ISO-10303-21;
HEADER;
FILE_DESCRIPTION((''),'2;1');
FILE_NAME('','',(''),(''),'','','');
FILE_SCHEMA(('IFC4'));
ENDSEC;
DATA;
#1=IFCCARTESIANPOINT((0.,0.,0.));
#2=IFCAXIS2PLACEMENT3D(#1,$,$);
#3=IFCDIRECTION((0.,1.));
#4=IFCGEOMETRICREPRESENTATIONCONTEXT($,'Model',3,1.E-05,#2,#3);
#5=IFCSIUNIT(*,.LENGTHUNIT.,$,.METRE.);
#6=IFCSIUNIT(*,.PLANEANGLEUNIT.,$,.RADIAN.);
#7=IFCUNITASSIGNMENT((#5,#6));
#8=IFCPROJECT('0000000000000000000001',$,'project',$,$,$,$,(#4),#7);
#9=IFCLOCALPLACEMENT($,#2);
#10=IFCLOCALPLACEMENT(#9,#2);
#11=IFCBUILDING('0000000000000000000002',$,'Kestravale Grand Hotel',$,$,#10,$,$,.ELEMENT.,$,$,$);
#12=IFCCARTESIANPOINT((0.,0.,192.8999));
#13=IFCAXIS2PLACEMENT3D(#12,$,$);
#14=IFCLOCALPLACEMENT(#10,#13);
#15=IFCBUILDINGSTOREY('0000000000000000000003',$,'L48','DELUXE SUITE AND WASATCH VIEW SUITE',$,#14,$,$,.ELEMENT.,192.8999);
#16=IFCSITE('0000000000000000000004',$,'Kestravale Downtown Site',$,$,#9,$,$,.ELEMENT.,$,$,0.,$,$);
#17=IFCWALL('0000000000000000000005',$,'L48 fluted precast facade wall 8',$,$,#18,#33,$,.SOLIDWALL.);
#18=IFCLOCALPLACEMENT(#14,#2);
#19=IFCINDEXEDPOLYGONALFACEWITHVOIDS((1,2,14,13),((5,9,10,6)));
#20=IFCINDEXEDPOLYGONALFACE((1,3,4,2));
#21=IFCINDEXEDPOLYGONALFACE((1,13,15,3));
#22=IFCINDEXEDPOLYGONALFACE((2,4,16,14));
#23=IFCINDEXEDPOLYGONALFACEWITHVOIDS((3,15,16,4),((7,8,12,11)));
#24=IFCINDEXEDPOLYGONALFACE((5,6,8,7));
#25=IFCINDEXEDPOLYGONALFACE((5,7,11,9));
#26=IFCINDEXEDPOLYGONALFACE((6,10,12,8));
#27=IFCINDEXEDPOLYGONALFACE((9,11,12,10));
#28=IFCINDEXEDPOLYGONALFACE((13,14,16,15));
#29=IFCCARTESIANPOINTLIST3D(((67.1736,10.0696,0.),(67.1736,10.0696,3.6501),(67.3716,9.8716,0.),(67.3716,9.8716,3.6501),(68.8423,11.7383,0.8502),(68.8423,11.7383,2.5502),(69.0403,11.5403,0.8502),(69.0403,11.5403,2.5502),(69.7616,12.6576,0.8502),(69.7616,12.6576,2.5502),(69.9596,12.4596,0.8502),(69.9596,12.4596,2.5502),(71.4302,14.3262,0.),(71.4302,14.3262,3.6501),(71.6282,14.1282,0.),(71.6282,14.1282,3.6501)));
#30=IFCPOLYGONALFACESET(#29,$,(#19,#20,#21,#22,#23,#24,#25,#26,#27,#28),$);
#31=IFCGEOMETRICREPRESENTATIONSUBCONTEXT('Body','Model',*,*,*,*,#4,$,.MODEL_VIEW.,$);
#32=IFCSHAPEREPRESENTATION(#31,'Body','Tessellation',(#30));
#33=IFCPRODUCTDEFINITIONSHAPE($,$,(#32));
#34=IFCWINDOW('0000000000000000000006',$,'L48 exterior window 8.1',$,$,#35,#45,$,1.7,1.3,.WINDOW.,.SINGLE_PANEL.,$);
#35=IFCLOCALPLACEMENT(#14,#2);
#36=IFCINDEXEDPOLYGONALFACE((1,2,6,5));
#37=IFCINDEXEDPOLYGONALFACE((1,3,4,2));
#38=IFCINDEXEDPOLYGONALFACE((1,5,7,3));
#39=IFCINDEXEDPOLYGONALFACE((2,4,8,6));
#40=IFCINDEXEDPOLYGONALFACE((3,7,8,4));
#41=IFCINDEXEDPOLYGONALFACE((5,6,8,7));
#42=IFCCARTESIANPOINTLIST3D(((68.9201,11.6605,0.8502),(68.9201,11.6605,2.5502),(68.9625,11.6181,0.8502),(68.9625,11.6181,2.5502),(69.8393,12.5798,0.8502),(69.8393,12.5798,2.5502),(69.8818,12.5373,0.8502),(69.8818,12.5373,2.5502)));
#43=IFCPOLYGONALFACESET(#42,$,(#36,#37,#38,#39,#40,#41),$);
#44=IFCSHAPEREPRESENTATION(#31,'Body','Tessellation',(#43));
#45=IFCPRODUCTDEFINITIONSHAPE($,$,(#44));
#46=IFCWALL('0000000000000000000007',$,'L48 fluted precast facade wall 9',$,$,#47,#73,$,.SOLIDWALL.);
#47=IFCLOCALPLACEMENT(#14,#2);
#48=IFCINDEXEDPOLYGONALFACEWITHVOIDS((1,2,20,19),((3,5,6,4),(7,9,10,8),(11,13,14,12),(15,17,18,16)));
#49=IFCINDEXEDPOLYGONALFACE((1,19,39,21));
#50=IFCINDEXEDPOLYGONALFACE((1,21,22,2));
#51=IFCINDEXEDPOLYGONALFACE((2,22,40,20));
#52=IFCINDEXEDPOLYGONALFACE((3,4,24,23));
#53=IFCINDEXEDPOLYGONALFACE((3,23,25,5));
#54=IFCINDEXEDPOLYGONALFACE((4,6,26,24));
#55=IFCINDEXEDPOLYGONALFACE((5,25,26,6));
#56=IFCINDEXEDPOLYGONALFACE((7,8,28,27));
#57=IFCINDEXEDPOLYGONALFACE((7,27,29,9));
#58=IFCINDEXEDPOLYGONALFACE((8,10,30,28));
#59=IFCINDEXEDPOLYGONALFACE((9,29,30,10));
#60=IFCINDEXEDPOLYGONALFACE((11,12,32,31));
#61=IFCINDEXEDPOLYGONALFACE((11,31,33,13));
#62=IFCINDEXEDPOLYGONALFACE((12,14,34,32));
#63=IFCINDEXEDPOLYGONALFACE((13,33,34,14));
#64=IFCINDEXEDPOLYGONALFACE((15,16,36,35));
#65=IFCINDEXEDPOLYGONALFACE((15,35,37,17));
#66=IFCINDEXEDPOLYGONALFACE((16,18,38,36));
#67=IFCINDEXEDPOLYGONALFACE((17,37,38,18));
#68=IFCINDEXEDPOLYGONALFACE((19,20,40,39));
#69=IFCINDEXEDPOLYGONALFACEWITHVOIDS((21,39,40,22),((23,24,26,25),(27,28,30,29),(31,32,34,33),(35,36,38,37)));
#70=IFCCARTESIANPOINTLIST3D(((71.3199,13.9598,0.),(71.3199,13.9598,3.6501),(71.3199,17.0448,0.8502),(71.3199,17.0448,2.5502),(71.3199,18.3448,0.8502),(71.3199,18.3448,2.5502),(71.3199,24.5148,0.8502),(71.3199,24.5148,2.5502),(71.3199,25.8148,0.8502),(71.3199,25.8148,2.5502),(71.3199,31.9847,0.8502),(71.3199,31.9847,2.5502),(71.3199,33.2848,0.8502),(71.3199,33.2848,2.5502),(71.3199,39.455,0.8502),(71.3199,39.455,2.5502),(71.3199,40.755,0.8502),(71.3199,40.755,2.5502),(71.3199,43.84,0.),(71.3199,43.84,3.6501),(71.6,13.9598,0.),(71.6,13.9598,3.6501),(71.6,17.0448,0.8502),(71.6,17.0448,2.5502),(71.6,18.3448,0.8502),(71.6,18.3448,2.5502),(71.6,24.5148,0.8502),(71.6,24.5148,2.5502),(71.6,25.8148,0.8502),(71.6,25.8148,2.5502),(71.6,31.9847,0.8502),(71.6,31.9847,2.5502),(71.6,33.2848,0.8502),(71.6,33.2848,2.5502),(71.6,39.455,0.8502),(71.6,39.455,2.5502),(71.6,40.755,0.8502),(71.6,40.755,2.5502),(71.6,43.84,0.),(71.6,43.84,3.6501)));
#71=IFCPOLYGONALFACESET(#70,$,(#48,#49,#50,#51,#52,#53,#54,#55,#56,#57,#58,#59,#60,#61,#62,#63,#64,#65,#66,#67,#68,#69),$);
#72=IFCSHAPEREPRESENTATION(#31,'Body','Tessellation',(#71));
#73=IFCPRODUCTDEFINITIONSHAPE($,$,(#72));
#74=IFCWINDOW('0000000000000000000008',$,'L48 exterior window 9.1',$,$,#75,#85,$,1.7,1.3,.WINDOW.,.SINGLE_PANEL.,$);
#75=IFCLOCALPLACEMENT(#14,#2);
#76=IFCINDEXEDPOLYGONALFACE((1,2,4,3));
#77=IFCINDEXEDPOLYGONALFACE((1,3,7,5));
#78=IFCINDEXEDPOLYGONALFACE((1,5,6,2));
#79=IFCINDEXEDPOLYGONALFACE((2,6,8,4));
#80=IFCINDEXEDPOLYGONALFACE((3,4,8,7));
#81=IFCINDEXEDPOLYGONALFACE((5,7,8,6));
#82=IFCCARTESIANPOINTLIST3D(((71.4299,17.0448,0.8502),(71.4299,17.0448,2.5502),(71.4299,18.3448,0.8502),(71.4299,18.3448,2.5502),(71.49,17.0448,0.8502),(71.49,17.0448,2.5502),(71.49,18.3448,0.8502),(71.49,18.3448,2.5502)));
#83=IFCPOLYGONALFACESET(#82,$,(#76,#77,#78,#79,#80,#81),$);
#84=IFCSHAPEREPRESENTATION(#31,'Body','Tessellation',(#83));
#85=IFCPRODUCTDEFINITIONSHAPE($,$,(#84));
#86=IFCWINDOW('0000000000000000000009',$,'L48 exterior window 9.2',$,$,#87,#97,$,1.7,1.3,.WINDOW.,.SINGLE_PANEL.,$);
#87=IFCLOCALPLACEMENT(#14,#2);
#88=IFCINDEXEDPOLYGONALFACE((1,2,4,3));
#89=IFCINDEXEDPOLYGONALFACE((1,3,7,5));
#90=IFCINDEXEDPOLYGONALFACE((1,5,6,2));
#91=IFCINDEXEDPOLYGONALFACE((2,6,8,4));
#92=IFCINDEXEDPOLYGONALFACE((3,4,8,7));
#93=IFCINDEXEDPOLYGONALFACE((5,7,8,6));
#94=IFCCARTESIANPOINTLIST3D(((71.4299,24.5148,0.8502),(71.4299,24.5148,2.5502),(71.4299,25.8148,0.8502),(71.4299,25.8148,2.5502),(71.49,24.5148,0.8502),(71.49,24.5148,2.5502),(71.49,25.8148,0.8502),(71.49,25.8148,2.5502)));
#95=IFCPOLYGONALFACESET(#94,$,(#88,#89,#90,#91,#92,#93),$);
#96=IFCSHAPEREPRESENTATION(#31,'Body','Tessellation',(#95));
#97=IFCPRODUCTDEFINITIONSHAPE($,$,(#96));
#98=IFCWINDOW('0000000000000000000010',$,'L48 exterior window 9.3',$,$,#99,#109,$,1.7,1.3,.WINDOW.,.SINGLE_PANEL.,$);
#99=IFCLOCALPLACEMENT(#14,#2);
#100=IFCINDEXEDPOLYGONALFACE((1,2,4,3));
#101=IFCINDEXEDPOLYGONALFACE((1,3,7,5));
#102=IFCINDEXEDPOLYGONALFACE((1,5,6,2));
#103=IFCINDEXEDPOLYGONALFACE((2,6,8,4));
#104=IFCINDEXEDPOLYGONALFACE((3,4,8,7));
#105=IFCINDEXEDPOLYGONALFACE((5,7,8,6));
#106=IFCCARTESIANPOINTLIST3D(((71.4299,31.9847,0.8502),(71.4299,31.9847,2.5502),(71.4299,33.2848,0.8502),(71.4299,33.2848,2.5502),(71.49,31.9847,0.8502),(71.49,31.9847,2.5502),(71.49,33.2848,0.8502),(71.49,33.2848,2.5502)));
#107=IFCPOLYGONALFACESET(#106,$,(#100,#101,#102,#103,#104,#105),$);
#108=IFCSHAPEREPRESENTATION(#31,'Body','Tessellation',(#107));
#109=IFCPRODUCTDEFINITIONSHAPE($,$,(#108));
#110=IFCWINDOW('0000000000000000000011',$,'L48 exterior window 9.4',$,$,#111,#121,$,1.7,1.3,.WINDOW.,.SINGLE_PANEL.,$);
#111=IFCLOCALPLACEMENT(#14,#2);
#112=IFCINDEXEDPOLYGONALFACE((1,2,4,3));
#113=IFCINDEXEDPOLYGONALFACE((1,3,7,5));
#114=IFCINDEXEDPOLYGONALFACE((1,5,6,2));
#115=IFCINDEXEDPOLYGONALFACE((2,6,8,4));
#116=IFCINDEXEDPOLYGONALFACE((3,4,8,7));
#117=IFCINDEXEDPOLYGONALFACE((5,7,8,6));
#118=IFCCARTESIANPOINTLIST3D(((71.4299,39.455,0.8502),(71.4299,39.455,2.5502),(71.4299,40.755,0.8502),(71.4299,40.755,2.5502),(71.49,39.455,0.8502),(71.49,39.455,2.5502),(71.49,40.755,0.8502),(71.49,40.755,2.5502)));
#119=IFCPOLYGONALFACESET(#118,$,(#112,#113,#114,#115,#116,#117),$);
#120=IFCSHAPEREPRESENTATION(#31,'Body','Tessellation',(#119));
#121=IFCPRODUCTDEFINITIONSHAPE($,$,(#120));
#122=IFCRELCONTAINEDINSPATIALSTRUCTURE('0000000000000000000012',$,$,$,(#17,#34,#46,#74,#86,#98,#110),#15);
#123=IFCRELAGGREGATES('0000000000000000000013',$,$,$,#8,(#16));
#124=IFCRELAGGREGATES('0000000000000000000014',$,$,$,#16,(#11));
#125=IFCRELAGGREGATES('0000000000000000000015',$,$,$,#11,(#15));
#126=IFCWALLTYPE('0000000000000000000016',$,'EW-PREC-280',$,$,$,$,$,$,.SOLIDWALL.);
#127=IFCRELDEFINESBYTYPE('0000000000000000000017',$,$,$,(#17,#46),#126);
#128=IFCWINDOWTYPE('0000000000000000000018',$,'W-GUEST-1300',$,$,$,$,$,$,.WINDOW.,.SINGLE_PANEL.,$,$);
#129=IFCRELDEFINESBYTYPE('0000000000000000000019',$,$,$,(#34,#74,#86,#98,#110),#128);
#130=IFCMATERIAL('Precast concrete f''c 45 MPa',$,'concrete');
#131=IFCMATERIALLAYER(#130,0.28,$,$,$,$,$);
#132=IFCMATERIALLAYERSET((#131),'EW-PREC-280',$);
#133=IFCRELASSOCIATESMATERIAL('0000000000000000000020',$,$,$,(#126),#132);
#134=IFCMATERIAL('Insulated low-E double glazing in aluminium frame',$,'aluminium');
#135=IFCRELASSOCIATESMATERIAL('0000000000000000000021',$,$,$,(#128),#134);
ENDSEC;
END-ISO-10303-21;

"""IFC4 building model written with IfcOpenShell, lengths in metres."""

from ifc_helpers import new_model, si_unit, direction, frame, frame_2d, origin, place, context, subcontext, project, spatial, rectangle, extrude, material, layer, layer_set, type_object, element, fill, save


model = new_model("IFC4")

# Units and contexts
model_context = context("Model", 3, precision=1e-05, world=origin(), true_north=direction((0.0, 1.0)))
body_context = subcontext(model_context, "Body", "Model", "MODEL_VIEW")
ifc_project = project(units=[si_unit("LENGTHUNIT", "METRE"), si_unit("PLANEANGLEUNIT", "RADIAN")], contexts=[model_context])

# Site, building, storey
site_placement = place(None, origin())
site = spatial("IfcSite", under=ifc_project, at=site_placement, Name="Kestravale Downtown Site", CompositionType="ELEMENT", RefElevation=0.0)
building_placement = place(site_placement, origin())
building = spatial("IfcBuilding", under=site, at=building_placement, Name="Kestravale Grand Hotel", CompositionType="ELEMENT")
storey_placement = place(building_placement, frame((0.0, 0.0, 192.8999)))
storey = spatial("IfcBuildingStorey", under=building, at=storey_placement, Name="L48", Description="DELUXE SUITE AND WASATCH VIEW SUITE", CompositionType="ELEMENT", Elevation=192.8999)

# Wall, opening, window
ifc_material_1 = material(Name="Precast concrete f'c 45 MPa", Category="concrete")
ifc_layer_1 = layer(ifc_material_1, 0.28)
ifc_layer_set_1 = layer_set([ifc_layer_1], Name="EW-PREC-280")
wall_type_1 = type_object("IfcWallType", Name="EW-PREC-280", PredefinedType="SOLIDWALL", material=ifc_layer_set_1)
wall_1_placement = place(storey_placement, frame((67.2727, 9.9707, 0.0), z_axis=(0.0, 0.0, 1.0), x_axis=(0.707107, 0.707107, 0.0)))
wall_1 = element("IfcWall", 1, at=wall_1_placement, inside=storey, type_object=wall_type_1, Name="L48 fluted precast facade wall 8", PredefinedType="SOLIDWALL", context=body_context, shape_type="SweptSolid", body=[
    extrude(rectangle(XDim=6.0198, YDim=0.28, at=frame_2d((3.0098, 0.0))), origin(), (0.0, 0.0, 1.0), 3.6501),
])
opening_1_placement = place(wall_1_placement, frame((2.3599, 0.0, 0.8501)))
opening_1 = element("IfcOpeningElement", 2, at=opening_1_placement, cuts=wall_1, PredefinedType="OPENING", context=body_context, shape_type="SweptSolid", body=[
    extrude(rectangle(XDim=1.3, YDim=1.7, at=frame_2d((0.6499, 0.8501))), frame((0.0, 0.1499, 0.0), z_axis=(0.0, -1.0, 0.0), x_axis=(1.0, 0.0, 0.0)), (0.0, 0.0, 1.0), 0.3),
])
ifc_material_2 = material(Name="Insulated low-E double glazing in aluminium frame", Category="aluminium")
window_type = type_object("IfcWindowType", Name="W-GUEST-1300", PartitioningType="SINGLE_PANEL", PredefinedType="WINDOW", material=ifc_material_2)
window_1_placement = place(opening_1_placement, origin())
window_1 = element("IfcWindow", 3, at=window_1_placement, inside=storey, type_object=window_type, Name="L48 exterior window 8.1", OverallHeight=1.7, OverallWidth=1.3, PartitioningType="SINGLE_PANEL", PredefinedType="WINDOW", context=body_context, shape_type="SweptSolid", body=[
    extrude(rectangle(XDim=1.3, YDim=1.7, at=frame_2d((0.6499, 0.8501))), frame((0.0, 0.03, 0.0), z_axis=(0.0, -1.0, 0.0), x_axis=(1.0, 0.0, 0.0)), (0.0, 0.0, 1.0), 0.0601),
])
fill(opening_1, window_1)

# Wall, openings, windows
wall_2_placement = place(storey_placement, frame((71.46, 13.96, 0.0), z_axis=(0.0, 0.0, 1.0), x_axis=(0.0, 1.0, 0.0)))
wall_2 = element("IfcWall", 4, at=wall_2_placement, inside=storey, type_object=wall_type_1, Name="L48 fluted precast facade wall 9", PredefinedType="SOLIDWALL", context=body_context, shape_type="SweptSolid", body=[
    extrude(rectangle(XDim=29.8801, YDim=0.28, at=frame_2d((14.9399, 0.0))), origin(), (0.0, 0.0, 1.0), 3.6501),
])
opening_2_placement = place(wall_2_placement, frame((3.085, 0.0, 0.8501)))
opening_2 = element("IfcOpeningElement", 5, at=opening_2_placement, cuts=wall_2, PredefinedType="OPENING", context=body_context, shape_type="SweptSolid", body=[
    extrude(rectangle(XDim=1.3, YDim=1.7, at=frame_2d((0.6499, 0.8501))), frame((0.0, 0.1499, 0.0), z_axis=(0.0, -1.0, 0.0), x_axis=(1.0, 0.0, 0.0)), (0.0, 0.0, 1.0), 0.3),
])
opening_3_placement = place(wall_2_placement, frame((10.5549, 0.0, 0.8501)))
opening_3 = element("IfcOpeningElement", 6, at=opening_3_placement, cuts=wall_2, PredefinedType="OPENING", context=body_context, shape_type="SweptSolid", body=[
    extrude(rectangle(XDim=1.3, YDim=1.7, at=frame_2d((0.6499, 0.8501))), frame((0.0, 0.1499, 0.0), z_axis=(0.0, -1.0, 0.0), x_axis=(1.0, 0.0, 0.0)), (0.0, 0.0, 1.0), 0.3),
])
opening_4_placement = place(wall_2_placement, frame((18.0249, 0.0, 0.8501)))
opening_4 = element("IfcOpeningElement", 7, at=opening_4_placement, cuts=wall_2, PredefinedType="OPENING", context=body_context, shape_type="SweptSolid", body=[
    extrude(rectangle(XDim=1.3, YDim=1.7, at=frame_2d((0.6499, 0.8501))), frame((0.0, 0.1499, 0.0), z_axis=(0.0, -1.0, 0.0), x_axis=(1.0, 0.0, 0.0)), (0.0, 0.0, 1.0), 0.3),
])
opening_5_placement = place(wall_2_placement, frame((25.4951, 0.0, 0.8501)))
opening_5 = element("IfcOpeningElement", 8, at=opening_5_placement, cuts=wall_2, PredefinedType="OPENING", context=body_context, shape_type="SweptSolid", body=[
    extrude(rectangle(XDim=1.3, YDim=1.7, at=frame_2d((0.6499, 0.8501))), frame((0.0, 0.1499, 0.0), z_axis=(0.0, -1.0, 0.0), x_axis=(1.0, 0.0, 0.0)), (0.0, 0.0, 1.0), 0.3),
])
window_2_placement = place(opening_2_placement, origin())
window_2 = element("IfcWindow", 9, at=window_2_placement, inside=storey, type_object=window_type, Name="L48 exterior window 9.1", OverallHeight=1.7, OverallWidth=1.3, PartitioningType="SINGLE_PANEL", PredefinedType="WINDOW", context=body_context, shape_type="SweptSolid", body=[
    extrude(rectangle(XDim=1.3, YDim=1.7, at=frame_2d((0.6499, 0.8501))), frame((0.0, 0.03, 0.0), z_axis=(0.0, -1.0, 0.0), x_axis=(1.0, 0.0, 0.0)), (0.0, 0.0, 1.0), 0.0601),
])
fill(opening_2, window_2)
window_3_placement = place(opening_3_placement, origin())
window_3 = element("IfcWindow", 10, at=window_3_placement, inside=storey, type_object=window_type, Name="L48 exterior window 9.2", OverallHeight=1.7, OverallWidth=1.3, PartitioningType="SINGLE_PANEL", PredefinedType="WINDOW", context=body_context, shape_type="SweptSolid", body=[
    extrude(rectangle(XDim=1.3, YDim=1.7, at=frame_2d((0.6499, 0.8501))), frame((0.0, 0.03, 0.0), z_axis=(0.0, -1.0, 0.0), x_axis=(1.0, 0.0, 0.0)), (0.0, 0.0, 1.0), 0.0601),
])
fill(opening_3, window_3)
window_4_placement = place(opening_4_placement, origin())
window_4 = element("IfcWindow", 11, at=window_4_placement, inside=storey, type_object=window_type, Name="L48 exterior window 9.3", OverallHeight=1.7, OverallWidth=1.3, PartitioningType="SINGLE_PANEL", PredefinedType="WINDOW", context=body_context, shape_type="SweptSolid", body=[
    extrude(rectangle(XDim=1.3, YDim=1.7, at=frame_2d((0.6499, 0.8501))), frame((0.0, 0.03, 0.0), z_axis=(0.0, -1.0, 0.0), x_axis=(1.0, 0.0, 0.0)), (0.0, 0.0, 1.0), 0.0601),
])
fill(opening_4, window_4)
window_5_placement = place(opening_5_placement, origin())
window_5 = element("IfcWindow", 12, at=window_5_placement, inside=storey, type_object=window_type, Name="L48 exterior window 9.4", OverallHeight=1.7, OverallWidth=1.3, PartitioningType="SINGLE_PANEL", PredefinedType="WINDOW", context=body_context, shape_type="SweptSolid", body=[
    extrude(rectangle(XDim=1.3, YDim=1.7, at=frame_2d((0.6499, 0.8501))), frame((0.0, 0.03, 0.0), z_axis=(0.0, -1.0, 0.0), x_axis=(1.0, 0.0, 0.0)), (0.0, 0.0, 1.0), 0.0601),
])
fill(opening_5, window_5)

save(model, "model.ifc")
